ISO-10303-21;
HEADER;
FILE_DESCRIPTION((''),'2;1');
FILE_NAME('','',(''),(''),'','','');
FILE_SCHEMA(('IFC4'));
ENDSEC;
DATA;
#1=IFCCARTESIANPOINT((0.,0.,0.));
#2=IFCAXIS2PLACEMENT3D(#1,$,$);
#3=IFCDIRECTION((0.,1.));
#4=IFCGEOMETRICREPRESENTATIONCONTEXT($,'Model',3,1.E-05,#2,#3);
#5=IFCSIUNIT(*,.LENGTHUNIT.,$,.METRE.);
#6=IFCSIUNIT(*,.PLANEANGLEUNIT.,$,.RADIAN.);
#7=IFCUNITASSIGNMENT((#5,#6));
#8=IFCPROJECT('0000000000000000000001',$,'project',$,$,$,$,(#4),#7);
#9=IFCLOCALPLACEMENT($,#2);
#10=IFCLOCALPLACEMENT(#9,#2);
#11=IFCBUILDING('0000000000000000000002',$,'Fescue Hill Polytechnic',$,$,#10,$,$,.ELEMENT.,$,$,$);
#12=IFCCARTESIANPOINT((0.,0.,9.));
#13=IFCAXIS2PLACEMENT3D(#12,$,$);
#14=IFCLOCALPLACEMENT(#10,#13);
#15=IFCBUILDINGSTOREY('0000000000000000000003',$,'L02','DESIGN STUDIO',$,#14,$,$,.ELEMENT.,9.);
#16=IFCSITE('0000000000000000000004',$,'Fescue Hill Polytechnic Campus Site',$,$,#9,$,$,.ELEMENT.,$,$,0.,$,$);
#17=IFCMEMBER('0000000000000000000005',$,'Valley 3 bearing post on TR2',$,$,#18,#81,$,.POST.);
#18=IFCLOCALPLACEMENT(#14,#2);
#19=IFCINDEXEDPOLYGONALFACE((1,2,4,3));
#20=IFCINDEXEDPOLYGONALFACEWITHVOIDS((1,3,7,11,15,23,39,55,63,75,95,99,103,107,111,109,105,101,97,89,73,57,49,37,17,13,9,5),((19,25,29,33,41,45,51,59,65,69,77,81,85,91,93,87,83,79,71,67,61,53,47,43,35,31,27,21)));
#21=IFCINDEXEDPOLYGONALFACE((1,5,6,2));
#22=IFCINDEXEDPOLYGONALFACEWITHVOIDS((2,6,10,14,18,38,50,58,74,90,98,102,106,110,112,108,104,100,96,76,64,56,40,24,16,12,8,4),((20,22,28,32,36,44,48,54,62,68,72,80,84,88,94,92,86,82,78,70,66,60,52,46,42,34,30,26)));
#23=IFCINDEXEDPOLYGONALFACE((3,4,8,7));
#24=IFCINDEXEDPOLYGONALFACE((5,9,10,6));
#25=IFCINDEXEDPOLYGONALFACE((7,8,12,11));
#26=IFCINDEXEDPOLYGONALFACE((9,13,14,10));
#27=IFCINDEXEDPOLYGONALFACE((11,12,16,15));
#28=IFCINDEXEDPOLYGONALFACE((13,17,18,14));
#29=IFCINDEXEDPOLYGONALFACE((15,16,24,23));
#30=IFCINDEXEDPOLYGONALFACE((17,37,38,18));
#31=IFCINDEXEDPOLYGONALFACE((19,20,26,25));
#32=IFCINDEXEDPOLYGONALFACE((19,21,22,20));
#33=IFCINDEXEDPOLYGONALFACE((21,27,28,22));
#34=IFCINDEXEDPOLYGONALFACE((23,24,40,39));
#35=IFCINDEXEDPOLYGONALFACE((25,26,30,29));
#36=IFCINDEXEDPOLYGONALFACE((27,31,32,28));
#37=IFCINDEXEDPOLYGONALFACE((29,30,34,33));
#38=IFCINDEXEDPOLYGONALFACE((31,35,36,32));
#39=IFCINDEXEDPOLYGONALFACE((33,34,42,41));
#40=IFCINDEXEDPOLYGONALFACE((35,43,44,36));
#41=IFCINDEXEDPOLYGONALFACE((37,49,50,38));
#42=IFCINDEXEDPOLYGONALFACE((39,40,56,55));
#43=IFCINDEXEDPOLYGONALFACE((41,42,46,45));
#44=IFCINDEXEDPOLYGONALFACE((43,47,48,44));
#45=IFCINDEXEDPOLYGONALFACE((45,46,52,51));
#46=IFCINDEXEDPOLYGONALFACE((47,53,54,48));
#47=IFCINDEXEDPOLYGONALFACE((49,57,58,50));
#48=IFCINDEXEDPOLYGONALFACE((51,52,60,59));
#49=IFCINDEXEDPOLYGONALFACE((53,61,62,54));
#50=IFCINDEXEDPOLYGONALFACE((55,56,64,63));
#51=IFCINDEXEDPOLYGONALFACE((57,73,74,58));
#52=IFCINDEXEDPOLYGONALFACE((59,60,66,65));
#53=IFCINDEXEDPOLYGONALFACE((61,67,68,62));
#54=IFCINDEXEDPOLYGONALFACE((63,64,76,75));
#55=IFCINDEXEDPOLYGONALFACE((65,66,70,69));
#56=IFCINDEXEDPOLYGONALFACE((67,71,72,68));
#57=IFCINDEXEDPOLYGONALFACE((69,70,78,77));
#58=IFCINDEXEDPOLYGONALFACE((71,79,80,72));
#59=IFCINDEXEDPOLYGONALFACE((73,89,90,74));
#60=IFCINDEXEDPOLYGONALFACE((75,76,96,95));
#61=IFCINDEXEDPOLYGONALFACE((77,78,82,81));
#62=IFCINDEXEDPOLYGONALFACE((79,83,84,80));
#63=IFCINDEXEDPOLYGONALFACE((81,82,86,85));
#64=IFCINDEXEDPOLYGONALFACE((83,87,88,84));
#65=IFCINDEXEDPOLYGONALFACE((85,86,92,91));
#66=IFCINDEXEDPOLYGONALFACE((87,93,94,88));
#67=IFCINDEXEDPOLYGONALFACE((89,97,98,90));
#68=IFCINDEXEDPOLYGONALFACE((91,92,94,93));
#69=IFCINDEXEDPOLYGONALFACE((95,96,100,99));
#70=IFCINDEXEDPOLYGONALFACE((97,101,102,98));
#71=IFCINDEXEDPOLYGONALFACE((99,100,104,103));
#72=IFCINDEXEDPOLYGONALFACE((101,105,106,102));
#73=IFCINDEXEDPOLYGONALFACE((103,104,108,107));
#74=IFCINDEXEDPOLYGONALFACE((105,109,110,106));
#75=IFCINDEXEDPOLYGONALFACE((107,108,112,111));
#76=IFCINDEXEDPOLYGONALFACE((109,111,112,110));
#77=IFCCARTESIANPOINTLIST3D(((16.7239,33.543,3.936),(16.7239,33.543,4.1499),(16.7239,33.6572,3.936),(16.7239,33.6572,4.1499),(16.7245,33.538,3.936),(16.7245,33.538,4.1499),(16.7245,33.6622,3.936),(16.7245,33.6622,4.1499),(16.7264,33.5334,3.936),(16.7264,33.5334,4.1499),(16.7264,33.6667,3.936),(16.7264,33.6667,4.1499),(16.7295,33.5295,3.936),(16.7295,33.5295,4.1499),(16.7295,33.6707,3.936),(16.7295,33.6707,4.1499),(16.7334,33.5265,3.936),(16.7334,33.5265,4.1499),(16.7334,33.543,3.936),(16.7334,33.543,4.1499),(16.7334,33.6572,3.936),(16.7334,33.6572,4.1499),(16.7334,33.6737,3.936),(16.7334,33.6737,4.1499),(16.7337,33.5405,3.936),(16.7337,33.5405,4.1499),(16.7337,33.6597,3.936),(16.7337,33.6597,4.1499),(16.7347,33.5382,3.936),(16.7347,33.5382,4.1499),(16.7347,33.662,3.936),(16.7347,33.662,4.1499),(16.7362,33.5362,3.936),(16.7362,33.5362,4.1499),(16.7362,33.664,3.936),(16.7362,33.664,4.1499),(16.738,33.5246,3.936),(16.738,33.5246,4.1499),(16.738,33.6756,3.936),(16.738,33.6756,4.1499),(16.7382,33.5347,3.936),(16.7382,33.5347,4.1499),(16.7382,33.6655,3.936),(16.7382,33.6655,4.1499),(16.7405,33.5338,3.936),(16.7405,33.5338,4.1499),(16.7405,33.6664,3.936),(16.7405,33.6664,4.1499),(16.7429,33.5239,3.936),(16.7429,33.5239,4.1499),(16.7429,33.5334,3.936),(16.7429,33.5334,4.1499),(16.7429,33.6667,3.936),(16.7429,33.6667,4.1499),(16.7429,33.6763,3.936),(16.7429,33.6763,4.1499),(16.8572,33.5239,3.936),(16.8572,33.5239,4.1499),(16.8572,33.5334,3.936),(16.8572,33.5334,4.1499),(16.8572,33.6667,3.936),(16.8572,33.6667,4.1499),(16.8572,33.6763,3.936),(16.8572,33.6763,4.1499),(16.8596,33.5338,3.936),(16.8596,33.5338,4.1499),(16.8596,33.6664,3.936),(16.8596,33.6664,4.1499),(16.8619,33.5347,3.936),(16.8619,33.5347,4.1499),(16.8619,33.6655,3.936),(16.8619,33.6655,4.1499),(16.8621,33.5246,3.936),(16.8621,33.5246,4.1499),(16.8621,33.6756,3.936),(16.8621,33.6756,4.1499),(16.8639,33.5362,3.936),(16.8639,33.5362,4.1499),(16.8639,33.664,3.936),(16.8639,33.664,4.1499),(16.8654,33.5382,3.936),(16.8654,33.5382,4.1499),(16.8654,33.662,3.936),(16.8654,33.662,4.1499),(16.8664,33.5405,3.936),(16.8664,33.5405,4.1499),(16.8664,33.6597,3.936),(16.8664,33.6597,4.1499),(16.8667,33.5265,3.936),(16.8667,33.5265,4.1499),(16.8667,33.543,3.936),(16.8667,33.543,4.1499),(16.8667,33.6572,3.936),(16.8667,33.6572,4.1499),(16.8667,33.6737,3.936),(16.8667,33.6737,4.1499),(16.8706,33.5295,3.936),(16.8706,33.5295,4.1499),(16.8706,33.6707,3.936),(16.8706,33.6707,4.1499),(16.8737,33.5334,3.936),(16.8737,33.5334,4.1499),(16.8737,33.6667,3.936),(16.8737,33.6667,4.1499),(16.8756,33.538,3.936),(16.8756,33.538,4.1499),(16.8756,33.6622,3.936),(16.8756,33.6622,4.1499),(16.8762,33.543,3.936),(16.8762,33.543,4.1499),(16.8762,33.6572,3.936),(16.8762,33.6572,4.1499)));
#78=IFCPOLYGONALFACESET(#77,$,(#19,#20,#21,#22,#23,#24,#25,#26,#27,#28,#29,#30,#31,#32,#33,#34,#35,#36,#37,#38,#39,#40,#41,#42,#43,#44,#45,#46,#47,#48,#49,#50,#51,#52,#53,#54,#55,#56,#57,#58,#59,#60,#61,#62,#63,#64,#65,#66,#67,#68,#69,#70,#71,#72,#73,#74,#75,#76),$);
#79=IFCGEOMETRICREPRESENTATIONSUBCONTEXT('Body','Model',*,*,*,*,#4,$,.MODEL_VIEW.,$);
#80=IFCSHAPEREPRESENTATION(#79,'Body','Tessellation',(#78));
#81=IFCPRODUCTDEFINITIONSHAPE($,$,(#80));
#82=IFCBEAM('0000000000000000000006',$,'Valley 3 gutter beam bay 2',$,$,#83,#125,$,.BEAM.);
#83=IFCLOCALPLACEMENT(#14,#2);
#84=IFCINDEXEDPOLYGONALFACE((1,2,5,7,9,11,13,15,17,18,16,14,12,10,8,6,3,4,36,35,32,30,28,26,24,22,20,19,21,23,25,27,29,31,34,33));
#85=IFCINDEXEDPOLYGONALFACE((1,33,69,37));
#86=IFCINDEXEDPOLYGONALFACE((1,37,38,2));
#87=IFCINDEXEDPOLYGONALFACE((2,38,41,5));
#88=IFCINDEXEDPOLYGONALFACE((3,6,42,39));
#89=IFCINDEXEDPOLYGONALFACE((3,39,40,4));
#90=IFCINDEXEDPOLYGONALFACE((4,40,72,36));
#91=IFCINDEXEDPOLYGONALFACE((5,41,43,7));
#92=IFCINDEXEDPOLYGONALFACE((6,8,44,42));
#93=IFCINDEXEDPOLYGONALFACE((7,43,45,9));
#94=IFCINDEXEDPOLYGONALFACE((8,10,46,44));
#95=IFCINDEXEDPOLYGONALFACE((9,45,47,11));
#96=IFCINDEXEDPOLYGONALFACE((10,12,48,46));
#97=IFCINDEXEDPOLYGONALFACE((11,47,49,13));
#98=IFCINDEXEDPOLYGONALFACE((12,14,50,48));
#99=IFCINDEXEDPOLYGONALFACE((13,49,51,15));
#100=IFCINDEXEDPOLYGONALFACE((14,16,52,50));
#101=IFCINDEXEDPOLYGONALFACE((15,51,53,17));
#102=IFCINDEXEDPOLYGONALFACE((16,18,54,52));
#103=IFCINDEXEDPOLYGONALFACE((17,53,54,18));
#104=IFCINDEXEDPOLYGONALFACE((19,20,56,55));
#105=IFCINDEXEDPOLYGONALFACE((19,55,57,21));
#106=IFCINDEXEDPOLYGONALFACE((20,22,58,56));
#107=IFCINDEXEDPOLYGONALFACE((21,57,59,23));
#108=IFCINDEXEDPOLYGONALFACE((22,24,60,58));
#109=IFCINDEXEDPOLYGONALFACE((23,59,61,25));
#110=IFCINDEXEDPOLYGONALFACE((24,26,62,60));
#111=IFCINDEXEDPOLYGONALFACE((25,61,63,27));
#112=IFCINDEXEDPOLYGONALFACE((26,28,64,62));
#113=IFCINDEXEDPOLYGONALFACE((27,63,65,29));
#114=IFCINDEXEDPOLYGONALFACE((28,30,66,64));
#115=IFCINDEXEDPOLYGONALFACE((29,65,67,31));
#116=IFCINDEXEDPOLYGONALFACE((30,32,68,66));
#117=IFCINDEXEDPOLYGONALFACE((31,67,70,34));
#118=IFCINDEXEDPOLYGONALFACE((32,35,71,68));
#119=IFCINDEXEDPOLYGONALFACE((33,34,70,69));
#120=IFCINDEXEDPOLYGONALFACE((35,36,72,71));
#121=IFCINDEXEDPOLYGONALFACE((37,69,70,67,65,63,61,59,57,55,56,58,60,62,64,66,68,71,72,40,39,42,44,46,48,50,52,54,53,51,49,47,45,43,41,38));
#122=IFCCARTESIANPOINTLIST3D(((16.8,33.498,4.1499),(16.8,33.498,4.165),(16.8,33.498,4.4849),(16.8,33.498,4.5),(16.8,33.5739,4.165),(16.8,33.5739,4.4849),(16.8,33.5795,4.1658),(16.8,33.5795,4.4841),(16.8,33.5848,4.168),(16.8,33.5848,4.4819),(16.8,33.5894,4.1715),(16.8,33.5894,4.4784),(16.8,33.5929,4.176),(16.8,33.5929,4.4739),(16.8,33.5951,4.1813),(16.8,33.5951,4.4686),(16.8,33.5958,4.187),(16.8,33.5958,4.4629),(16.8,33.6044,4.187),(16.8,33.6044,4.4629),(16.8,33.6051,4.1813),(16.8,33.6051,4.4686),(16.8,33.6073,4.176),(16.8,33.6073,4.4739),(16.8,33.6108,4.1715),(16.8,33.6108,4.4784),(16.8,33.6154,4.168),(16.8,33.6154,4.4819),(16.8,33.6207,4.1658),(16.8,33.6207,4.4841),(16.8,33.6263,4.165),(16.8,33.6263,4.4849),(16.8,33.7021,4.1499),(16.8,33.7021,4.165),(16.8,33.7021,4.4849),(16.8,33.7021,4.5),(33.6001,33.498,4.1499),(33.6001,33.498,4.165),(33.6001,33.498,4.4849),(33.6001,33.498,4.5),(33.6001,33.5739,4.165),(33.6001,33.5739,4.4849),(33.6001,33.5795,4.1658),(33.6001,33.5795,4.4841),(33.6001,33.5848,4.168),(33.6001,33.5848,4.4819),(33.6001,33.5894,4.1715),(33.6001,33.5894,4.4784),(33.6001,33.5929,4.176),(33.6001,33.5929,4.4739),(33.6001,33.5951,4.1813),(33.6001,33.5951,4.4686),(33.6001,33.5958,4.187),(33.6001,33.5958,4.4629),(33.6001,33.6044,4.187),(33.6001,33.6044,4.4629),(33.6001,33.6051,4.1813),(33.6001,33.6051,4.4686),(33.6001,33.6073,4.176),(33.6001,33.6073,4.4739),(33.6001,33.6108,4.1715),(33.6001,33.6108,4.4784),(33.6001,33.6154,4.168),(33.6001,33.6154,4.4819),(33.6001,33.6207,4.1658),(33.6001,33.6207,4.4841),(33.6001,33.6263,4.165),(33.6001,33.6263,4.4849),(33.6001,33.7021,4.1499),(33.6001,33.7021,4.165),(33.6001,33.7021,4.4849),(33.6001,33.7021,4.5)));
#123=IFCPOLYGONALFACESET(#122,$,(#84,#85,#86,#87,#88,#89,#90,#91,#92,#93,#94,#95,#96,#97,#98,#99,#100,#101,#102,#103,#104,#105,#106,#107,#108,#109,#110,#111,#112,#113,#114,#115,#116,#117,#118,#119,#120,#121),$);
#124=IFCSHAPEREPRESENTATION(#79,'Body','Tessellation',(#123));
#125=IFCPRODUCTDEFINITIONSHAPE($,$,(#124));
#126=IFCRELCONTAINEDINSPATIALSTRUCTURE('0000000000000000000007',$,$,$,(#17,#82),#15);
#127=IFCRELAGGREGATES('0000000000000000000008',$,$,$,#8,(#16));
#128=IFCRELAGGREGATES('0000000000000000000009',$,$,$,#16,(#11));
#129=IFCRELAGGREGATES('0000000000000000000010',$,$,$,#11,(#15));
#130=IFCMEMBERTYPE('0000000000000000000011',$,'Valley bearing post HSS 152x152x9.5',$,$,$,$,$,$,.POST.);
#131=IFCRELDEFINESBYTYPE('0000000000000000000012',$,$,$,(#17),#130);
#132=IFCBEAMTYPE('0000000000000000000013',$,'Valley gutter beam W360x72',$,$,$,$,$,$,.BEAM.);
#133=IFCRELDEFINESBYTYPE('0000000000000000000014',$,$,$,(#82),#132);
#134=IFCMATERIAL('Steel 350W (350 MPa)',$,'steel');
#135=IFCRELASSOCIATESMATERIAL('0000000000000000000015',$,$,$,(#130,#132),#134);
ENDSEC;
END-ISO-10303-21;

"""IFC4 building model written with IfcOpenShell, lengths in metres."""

from ifc_helpers import new_model, si_unit, direction, frame, origin, origin_2d, place, context, subcontext, project, spatial, hollow_rectangle, i_section, extrude, material, material_profile, profile_set, type_object, element, save


model = new_model("IFC4")

# Units and contexts
model_context = context("Model", 3, precision=1e-05, world=origin(), true_north=direction((0.0, 1.0)))
body_context = subcontext(model_context, "Body", "Model", "MODEL_VIEW")
ifc_project = project(units=[si_unit("LENGTHUNIT", "METRE"), si_unit("PLANEANGLEUNIT", "RADIAN")], contexts=[model_context])

# Site, building, storey
site_placement = place(None, origin())
site = spatial("IfcSite", under=ifc_project, at=site_placement, Name="Fescue Hill Polytechnic Campus Site", CompositionType="ELEMENT", RefElevation=0.0)
building_placement = place(site_placement, origin())
building = spatial("IfcBuilding", under=site, at=building_placement, Name="Fescue Hill Polytechnic", CompositionType="ELEMENT")
storey_placement = place(building_placement, frame((0.0, 0.0, 9.0)))
storey = spatial("IfcBuildingStorey", under=building, at=storey_placement, Name="L02", Description="DESIGN STUDIO", CompositionType="ELEMENT", Elevation=9.0)

# Member
ifc_material = material(Name="Steel 350W (350 MPa)", Category="steel")
ifc_material_profile_1 = material_profile(ifc_material, hollow_rectangle(XDim=0.1523, YDim=0.1523, WallThickness=0.0095, InnerFilletRadius=0.0095, OuterFilletRadius=0.019, at=origin_2d()), Name="Valley bearing post HSS 152x152x9.5")
ifc_profile_set_1 = profile_set([ifc_material_profile_1], Name="Steel 350W (350 MPa)")
member_type_1 = type_object("IfcMemberType", Name="Valley bearing post HSS 152x152x9.5", PredefinedType="POST", material=ifc_profile_set_1)
for number, where, z_axis, x_axis, name in (
    (1, (16.8, 33.6001, 3.936), (0.0, 0.0, 1.0), (1.0, 0.0, 0.0), "Valley 3 bearing post on TR2"),
):
    element("IfcMember", number, at=place(storey_placement, frame(where, z_axis=z_axis, x_axis=x_axis)), inside=storey, type_object=member_type_1, Name=name, PredefinedType="POST", context=body_context, shape_type="SweptSolid", body=[
        extrude(hollow_rectangle(XDim=0.1523, YDim=0.1523, WallThickness=0.0095, InnerFilletRadius=0.0095, OuterFilletRadius=0.019, at=origin_2d()), origin(), (0.0, 0.0, 1.0), 0.2139),
    ])

# Beam
ifc_material_profile_2 = material_profile(ifc_material, i_section(OverallWidth=0.2041, OverallDepth=0.3501, WebThickness=0.0085, FlangeThickness=0.0151, FilletRadius=0.022, at=origin_2d()), Name="W360x72")
ifc_profile_set_2 = profile_set([ifc_material_profile_2], Name="Steel 350W (350 MPa)")
beam_type = type_object("IfcBeamType", Name="Valley gutter beam W360x72", PredefinedType="BEAM", material=ifc_profile_set_2)
beam_placement = place(storey_placement, frame((16.8, 33.6001, 4.325), z_axis=(1.0, 0.0, 0.0), x_axis=(0.0, 1.0, 0.0)))
element("IfcBeam", 2, at=beam_placement, inside=storey, type_object=beam_type, Name="Valley 3 gutter beam bay 2", PredefinedType="BEAM", context=body_context, shape_type="SweptSolid", body=[
    extrude(i_section(OverallWidth=0.2041, OverallDepth=0.3501, WebThickness=0.0085, FlangeThickness=0.0151, FilletRadius=0.022, at=origin_2d()), origin(), (0.0, 0.0, 1.0), 16.8),
])

save(model, "model.ifc")
